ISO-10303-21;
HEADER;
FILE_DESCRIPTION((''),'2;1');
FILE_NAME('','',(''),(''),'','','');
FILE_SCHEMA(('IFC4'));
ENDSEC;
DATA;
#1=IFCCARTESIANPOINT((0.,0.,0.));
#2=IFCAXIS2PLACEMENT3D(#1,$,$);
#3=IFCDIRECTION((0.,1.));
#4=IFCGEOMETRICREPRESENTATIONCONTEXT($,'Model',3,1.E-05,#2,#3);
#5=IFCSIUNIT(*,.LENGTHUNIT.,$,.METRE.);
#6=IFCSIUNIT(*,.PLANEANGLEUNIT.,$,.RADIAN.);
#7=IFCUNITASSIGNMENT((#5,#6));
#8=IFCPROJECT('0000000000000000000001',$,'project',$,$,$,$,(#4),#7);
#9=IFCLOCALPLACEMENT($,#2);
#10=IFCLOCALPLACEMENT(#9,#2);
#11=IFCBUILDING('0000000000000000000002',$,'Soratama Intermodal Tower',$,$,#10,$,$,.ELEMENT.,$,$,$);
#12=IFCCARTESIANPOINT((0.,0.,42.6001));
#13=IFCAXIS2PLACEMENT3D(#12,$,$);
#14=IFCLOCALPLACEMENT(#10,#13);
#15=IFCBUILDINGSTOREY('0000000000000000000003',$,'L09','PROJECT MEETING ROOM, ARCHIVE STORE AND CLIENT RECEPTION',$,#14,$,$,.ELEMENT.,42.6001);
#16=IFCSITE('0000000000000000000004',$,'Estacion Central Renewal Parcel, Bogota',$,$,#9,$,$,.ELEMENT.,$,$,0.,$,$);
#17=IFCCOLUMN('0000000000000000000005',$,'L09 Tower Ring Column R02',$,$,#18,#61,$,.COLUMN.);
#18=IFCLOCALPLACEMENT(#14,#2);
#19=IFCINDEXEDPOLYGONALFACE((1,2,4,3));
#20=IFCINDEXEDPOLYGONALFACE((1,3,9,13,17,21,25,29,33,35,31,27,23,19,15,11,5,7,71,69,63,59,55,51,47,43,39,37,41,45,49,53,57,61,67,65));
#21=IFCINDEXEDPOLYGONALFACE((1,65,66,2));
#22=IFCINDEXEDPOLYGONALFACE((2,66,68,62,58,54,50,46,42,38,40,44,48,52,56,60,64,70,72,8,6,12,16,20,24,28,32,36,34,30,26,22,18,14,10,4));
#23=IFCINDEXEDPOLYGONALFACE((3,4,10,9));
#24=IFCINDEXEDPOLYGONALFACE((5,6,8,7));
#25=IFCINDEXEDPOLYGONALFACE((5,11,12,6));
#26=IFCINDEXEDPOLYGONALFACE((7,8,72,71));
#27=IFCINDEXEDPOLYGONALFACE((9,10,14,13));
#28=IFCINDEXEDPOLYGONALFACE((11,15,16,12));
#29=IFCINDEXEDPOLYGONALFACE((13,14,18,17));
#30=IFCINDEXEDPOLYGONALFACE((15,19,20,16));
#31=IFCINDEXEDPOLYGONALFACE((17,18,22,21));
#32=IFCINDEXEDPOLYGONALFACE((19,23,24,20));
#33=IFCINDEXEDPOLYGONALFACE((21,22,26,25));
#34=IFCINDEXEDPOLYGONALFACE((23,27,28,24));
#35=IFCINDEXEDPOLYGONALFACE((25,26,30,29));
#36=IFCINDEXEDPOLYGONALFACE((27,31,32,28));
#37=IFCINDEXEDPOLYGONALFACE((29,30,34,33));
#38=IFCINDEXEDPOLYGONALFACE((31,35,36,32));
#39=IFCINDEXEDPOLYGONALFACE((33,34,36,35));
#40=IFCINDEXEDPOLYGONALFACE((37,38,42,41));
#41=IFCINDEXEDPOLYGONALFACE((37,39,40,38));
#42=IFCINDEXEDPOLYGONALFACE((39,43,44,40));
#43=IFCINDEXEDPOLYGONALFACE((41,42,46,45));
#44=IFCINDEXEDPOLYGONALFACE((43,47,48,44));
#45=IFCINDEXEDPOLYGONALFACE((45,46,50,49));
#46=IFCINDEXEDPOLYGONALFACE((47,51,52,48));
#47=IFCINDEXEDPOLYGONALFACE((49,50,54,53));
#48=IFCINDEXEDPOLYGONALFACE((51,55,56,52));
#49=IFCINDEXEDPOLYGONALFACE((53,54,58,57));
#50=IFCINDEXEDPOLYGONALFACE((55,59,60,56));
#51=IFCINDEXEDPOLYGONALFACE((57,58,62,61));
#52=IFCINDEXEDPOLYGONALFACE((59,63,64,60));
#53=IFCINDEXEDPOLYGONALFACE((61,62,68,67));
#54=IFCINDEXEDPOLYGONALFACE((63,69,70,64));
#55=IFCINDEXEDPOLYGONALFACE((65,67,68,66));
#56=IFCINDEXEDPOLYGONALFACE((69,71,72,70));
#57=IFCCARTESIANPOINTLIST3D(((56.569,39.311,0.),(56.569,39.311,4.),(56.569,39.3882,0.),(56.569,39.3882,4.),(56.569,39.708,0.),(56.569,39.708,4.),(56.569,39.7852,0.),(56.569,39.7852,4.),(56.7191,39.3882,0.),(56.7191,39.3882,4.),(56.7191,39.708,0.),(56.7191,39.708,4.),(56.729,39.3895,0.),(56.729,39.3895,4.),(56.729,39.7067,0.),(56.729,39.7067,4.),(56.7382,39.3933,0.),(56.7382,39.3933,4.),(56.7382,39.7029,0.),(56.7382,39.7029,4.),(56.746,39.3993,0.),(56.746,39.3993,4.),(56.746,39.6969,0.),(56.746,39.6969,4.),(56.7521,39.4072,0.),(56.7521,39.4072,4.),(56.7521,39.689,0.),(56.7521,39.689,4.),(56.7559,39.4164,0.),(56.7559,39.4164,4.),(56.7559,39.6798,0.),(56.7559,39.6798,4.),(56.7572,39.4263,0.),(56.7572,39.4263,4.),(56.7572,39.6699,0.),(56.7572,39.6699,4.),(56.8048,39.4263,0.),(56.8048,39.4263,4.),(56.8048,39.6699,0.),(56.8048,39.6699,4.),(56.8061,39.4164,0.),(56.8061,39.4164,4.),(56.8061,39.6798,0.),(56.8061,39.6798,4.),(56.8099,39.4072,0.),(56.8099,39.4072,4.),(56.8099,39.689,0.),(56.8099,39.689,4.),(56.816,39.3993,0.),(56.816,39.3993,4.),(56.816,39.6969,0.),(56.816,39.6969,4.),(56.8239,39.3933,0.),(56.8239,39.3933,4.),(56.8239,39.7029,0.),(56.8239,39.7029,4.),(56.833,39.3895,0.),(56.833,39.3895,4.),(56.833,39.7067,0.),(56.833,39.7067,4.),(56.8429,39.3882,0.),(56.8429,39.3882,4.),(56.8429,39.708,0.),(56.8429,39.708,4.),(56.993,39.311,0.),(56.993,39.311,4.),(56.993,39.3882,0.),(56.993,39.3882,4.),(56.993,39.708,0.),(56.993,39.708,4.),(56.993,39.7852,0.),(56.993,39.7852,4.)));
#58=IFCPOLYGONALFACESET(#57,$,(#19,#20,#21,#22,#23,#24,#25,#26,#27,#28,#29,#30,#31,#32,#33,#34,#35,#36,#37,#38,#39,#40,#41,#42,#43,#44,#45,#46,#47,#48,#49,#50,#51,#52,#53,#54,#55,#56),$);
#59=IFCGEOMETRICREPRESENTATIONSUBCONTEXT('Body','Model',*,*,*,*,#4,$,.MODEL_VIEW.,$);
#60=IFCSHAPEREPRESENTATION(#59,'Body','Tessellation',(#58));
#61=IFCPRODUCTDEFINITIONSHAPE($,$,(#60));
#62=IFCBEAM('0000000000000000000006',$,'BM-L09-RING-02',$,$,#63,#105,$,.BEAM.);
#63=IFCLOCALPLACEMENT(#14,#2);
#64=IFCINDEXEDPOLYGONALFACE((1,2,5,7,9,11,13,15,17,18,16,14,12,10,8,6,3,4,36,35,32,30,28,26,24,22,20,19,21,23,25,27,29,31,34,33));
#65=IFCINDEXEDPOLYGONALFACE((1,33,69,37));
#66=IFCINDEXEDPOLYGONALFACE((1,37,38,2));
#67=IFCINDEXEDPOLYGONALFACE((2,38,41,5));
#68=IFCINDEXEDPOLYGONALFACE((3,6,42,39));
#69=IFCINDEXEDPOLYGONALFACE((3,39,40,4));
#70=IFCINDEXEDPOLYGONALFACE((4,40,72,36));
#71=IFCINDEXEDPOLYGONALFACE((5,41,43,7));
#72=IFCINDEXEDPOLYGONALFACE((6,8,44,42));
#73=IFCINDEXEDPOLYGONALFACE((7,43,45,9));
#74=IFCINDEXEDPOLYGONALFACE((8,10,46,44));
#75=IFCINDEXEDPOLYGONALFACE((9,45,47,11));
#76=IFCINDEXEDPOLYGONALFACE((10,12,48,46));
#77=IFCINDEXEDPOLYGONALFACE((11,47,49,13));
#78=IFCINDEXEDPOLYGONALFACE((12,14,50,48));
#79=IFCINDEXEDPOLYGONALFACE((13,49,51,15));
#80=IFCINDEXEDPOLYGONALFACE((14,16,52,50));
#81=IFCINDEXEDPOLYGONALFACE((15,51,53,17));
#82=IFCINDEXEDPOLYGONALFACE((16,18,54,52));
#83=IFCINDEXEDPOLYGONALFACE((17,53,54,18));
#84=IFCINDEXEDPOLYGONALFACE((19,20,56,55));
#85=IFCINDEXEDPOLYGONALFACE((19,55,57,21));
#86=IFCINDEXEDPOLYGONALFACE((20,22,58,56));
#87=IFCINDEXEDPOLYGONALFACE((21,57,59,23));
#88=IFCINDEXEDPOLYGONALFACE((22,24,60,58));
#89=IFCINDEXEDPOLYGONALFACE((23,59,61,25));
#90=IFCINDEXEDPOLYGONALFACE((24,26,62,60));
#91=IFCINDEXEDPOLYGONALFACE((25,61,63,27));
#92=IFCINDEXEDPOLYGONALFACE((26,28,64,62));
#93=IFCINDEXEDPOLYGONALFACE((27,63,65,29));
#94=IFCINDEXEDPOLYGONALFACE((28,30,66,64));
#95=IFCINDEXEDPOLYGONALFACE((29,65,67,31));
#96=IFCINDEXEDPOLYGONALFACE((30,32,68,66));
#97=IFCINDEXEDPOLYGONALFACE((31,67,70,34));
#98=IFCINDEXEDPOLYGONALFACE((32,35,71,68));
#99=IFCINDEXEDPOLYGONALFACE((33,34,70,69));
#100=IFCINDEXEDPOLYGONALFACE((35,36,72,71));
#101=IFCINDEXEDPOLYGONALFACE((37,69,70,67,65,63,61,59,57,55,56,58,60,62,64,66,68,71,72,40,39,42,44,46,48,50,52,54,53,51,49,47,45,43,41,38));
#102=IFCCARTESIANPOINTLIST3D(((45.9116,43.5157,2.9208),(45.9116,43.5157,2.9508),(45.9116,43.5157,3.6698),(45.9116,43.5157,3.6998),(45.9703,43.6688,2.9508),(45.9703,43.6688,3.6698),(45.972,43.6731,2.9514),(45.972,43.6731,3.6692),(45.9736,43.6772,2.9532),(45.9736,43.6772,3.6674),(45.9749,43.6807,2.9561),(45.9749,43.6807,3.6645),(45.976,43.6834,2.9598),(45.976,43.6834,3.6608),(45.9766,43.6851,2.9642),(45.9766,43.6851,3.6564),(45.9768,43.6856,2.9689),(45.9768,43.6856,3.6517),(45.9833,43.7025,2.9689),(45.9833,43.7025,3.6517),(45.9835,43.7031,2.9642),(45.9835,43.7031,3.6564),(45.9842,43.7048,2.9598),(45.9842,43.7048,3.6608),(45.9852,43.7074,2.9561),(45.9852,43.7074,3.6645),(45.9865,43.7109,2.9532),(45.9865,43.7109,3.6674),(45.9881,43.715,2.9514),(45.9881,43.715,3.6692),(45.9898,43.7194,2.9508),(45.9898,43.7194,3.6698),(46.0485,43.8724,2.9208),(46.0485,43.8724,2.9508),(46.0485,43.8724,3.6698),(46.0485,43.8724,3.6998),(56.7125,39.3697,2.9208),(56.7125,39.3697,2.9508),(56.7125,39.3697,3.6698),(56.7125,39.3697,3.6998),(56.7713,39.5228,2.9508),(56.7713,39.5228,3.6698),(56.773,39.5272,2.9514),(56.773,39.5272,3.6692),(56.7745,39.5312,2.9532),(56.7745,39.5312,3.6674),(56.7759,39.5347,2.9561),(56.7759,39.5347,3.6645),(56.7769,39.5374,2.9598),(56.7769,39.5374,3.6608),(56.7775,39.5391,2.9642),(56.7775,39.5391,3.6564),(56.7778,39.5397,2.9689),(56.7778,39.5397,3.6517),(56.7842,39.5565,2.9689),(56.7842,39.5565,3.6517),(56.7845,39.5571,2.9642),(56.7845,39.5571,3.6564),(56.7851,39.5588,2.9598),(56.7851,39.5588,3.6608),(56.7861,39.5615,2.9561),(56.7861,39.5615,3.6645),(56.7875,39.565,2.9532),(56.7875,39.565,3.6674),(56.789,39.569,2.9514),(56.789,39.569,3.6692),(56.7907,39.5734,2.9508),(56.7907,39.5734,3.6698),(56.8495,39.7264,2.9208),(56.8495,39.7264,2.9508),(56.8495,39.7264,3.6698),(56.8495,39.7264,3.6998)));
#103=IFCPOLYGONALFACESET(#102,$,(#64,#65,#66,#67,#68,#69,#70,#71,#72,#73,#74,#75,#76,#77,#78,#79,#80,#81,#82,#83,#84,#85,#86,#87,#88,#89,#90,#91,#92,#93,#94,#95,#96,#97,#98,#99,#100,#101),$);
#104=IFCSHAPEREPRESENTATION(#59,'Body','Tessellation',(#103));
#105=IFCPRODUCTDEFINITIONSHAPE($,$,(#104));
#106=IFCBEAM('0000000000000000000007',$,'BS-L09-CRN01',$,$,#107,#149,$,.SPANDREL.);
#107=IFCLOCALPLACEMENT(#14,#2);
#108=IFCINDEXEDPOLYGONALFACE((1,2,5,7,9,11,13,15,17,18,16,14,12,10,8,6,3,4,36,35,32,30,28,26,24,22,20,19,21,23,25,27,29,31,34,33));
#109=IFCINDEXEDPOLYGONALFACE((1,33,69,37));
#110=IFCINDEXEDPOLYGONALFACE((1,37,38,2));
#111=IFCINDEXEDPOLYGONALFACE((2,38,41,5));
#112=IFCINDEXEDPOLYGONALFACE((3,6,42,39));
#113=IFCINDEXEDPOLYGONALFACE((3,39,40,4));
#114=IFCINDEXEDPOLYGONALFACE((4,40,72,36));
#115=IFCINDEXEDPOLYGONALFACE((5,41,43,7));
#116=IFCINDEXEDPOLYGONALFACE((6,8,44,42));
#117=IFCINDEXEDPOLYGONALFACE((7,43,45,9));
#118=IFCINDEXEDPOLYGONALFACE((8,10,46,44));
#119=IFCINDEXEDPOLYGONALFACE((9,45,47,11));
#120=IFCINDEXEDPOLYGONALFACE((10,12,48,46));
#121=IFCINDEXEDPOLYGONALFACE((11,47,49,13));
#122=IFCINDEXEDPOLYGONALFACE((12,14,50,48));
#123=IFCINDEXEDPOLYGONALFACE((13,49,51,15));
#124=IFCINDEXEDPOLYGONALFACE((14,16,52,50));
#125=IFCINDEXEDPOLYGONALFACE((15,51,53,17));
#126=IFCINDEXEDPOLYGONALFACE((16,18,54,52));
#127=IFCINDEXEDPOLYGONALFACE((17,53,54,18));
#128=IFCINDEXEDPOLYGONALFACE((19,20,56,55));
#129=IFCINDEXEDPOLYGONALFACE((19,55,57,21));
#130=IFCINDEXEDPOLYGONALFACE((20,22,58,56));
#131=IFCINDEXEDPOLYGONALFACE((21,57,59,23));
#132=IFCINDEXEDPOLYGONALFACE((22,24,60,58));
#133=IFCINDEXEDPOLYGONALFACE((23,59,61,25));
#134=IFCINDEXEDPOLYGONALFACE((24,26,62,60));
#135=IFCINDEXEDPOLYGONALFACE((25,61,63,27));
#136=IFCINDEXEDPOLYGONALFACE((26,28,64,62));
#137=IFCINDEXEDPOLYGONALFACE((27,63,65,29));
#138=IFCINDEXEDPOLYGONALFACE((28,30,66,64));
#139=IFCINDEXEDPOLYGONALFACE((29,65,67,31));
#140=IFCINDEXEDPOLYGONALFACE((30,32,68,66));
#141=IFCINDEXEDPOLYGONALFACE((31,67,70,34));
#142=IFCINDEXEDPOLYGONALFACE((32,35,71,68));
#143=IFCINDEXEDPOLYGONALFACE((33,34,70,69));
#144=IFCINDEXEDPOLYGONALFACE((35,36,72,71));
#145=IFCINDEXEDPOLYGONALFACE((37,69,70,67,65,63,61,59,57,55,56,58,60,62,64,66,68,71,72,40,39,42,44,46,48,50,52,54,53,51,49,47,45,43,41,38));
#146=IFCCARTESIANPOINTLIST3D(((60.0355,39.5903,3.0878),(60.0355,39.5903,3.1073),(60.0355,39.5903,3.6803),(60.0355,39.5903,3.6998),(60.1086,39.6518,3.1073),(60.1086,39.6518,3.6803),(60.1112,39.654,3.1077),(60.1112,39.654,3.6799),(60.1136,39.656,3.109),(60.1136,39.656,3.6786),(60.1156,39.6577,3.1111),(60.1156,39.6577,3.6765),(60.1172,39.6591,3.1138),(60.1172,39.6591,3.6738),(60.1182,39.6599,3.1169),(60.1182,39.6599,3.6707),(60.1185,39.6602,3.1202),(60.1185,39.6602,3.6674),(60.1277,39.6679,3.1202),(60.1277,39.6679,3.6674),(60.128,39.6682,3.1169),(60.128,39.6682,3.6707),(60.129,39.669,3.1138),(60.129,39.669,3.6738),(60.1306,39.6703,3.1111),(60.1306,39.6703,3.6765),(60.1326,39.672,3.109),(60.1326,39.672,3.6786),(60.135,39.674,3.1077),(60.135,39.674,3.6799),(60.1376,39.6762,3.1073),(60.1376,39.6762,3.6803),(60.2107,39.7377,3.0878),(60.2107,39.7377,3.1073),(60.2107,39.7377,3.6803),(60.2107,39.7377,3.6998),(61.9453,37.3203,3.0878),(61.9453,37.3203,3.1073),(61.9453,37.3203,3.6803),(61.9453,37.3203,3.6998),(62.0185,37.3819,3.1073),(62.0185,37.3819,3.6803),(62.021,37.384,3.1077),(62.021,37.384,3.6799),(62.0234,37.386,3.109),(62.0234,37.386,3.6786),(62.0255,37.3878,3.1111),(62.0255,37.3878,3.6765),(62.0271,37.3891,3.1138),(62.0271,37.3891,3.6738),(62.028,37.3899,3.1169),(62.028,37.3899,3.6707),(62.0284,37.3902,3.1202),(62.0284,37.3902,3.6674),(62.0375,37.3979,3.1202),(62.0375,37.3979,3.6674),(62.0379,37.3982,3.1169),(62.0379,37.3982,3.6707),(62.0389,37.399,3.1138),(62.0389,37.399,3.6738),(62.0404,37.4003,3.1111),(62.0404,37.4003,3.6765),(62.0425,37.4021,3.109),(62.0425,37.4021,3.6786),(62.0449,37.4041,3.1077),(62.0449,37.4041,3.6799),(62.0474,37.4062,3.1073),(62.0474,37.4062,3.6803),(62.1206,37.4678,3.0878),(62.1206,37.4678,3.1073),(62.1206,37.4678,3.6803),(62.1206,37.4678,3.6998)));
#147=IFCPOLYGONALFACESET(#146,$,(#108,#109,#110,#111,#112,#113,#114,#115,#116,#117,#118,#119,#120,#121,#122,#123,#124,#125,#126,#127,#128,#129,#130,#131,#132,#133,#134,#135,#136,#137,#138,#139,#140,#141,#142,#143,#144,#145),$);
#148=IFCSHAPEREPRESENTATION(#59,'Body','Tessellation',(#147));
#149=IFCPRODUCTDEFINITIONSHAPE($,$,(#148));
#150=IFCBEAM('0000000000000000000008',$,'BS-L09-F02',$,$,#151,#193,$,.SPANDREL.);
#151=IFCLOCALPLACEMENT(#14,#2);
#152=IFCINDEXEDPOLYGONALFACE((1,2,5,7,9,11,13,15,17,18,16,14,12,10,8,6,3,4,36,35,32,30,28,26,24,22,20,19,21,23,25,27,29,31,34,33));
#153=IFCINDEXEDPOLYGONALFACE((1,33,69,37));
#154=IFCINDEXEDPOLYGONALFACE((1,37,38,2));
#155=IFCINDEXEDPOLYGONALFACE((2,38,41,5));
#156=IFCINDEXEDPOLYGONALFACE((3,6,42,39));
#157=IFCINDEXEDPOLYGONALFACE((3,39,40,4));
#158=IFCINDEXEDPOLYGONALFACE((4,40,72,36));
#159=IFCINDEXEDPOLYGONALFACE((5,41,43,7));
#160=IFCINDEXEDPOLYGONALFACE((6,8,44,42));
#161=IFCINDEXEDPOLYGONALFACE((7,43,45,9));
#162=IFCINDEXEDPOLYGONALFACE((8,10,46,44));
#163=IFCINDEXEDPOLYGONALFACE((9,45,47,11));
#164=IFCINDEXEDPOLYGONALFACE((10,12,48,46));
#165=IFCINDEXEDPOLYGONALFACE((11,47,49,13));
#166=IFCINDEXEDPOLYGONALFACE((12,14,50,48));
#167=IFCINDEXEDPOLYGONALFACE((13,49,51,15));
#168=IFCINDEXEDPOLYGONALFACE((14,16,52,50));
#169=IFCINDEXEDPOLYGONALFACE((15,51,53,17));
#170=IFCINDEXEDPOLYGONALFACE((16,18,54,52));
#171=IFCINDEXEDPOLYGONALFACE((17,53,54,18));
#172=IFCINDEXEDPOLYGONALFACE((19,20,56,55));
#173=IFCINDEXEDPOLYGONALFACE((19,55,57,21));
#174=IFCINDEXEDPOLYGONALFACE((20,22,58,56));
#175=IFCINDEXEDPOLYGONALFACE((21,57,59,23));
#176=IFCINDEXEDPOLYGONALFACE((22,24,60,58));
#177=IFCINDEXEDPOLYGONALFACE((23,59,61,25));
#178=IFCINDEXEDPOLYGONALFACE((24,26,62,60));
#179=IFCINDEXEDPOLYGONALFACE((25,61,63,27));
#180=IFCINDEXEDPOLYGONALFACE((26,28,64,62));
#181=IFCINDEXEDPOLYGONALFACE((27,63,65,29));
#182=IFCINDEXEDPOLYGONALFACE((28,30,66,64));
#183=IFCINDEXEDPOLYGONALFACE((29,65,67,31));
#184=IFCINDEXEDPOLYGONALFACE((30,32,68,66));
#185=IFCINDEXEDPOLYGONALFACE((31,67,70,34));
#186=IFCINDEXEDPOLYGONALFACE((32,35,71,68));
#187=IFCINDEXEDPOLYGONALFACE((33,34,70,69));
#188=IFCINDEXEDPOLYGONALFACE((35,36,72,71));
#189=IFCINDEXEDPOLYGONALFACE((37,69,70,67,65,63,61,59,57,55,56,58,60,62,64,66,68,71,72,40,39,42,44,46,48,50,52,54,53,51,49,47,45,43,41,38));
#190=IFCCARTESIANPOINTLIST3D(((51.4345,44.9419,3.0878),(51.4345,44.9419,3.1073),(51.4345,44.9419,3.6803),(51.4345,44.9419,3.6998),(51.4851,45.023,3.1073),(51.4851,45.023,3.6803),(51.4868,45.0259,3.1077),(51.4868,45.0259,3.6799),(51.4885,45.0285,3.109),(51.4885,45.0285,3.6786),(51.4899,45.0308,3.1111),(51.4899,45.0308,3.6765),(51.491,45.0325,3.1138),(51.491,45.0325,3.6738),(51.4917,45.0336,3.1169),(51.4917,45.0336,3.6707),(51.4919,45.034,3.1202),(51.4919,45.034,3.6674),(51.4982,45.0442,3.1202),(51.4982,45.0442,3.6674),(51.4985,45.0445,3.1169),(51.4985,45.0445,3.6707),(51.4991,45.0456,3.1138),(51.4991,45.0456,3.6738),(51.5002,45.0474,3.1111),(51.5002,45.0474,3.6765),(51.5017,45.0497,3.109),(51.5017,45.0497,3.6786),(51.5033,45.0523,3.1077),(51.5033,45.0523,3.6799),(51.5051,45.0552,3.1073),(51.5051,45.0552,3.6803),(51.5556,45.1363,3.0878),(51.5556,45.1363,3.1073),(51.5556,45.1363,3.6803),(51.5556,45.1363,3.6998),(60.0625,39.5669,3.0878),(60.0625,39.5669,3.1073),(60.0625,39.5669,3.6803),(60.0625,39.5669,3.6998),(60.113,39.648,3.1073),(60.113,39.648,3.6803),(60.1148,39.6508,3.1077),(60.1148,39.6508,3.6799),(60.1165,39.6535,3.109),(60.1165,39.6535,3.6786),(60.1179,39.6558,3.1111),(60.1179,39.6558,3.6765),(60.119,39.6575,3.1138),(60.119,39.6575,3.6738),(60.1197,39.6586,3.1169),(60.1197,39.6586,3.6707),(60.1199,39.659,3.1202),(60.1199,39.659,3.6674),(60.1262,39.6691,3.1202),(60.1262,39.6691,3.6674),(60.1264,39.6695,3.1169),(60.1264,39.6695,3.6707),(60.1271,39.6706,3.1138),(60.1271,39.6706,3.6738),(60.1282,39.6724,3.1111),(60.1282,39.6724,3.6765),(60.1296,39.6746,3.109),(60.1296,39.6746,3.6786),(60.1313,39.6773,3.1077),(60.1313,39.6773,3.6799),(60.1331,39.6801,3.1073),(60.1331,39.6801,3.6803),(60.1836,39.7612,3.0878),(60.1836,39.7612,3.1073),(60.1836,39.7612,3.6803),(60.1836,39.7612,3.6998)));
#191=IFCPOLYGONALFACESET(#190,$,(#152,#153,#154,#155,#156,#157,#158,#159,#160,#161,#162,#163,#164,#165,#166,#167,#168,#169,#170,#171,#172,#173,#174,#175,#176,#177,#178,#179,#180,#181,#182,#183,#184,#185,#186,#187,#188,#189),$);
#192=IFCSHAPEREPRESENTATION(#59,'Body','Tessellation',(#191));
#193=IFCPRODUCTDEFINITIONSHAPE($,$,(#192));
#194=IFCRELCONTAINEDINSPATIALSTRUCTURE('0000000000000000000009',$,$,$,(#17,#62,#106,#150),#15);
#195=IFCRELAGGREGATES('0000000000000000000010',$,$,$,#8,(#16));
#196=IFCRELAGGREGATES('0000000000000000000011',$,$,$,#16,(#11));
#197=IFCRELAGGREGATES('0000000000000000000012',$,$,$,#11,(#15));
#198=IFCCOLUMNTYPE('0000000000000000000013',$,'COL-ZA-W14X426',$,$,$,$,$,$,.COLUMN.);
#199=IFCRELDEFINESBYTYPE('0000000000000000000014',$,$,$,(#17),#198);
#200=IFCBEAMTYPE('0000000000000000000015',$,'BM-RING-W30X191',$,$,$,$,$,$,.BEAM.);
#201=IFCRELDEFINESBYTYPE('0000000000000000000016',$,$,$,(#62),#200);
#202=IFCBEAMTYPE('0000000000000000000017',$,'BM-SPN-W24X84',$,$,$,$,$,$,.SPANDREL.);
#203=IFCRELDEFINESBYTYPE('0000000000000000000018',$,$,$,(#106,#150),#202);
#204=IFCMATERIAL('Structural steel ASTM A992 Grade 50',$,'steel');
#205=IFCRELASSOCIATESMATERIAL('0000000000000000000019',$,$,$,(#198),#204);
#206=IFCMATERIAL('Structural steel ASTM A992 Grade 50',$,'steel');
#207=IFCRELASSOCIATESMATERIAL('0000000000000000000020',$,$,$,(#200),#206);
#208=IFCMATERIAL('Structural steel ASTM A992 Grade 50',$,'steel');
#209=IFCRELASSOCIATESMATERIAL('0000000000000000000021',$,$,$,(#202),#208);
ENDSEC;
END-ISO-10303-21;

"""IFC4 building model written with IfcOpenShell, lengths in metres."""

from ifc_helpers import new_model, si_unit, direction, frame, origin, origin_2d, place, context, subcontext, project, spatial, i_section, extrude, material, material_profile, profile_set, type_object, element, save


model = new_model("IFC4")

# Units and contexts
model_context = context("Model", 3, precision=1e-05, world=origin(), true_north=direction((0.0, 1.0)))
body_context = subcontext(model_context, "Body", "Model", "MODEL_VIEW")
ifc_project = project(units=[si_unit("LENGTHUNIT", "METRE"), si_unit("PLANEANGLEUNIT", "RADIAN")], contexts=[model_context])

# Site, building, storey
site_placement = place(None, origin())
site = spatial("IfcSite", under=ifc_project, at=site_placement, Name="Estacion Central Renewal Parcel, Bogota", CompositionType="ELEMENT", RefElevation=0.0)
building_placement = place(site_placement, origin())
building = spatial("IfcBuilding", under=site, at=building_placement, Name="Soratama Intermodal Tower", CompositionType="ELEMENT")
storey_placement = place(building_placement, frame((0.0, 0.0, 42.6001)))
storey = spatial("IfcBuildingStorey", under=building, at=storey_placement, Name="L09", Description="PROJECT MEETING ROOM, ARCHIVE STORE AND CLIENT RECEPTION", CompositionType="ELEMENT", Elevation=42.6001)

# Column
ifc_material_1 = material(Name="Structural steel ASTM A992 Grade 50", Category="steel")
ifc_material_profile_1 = material_profile(ifc_material_1, i_section(OverallWidth=0.4241, OverallDepth=0.4741, WebThickness=0.0476, FlangeThickness=0.0771, FilletRadius=0.0381, at=origin_2d()), Name="W14X426")
ifc_profile_set_1 = profile_set([ifc_material_profile_1], Name="Structural steel ASTM A992 Grade 50")
column_type = type_object("IfcColumnType", Name="COL-ZA-W14X426", PredefinedType="COLUMN", material=ifc_profile_set_1)
column_placement = place(storey_placement, frame((56.781, 39.5481, 0.0), z_axis=(0.0, 0.0, 1.0), x_axis=(1.0, 0.0, 0.0)))
element("IfcColumn", 1, at=column_placement, inside=storey, type_object=column_type, Name="L09 Tower Ring Column R02", PredefinedType="COLUMN", context=body_context, shape_type="SweptSolid", body=[
    extrude(i_section(OverallWidth=0.4241, OverallDepth=0.4741, WebThickness=0.0476, FlangeThickness=0.0771, FilletRadius=0.0381, at=origin_2d()), origin(), (0.0, 0.0, 1.0), 4.0),
])

# Beams
ifc_material_2 = material(Name="Structural steel ASTM A992 Grade 50", Category="steel")
ifc_material_profile_2 = material_profile(ifc_material_2, i_section(OverallWidth=0.3821, OverallDepth=0.7791, WebThickness=0.0181, FlangeThickness=0.03, FilletRadius=0.0181, at=origin_2d()), Name="W30X191")
ifc_profile_set_2 = profile_set([ifc_material_profile_2], Name="Structural steel ASTM A992 Grade 50")
beam_type_1 = type_object("IfcBeamType", Name="BM-RING-W30X191", PredefinedType="BEAM", material=ifc_profile_set_2)
beam_1_placement = place(storey_placement, frame((56.781, 39.5481, 3.3103), z_axis=(-0.933584, 0.358358, 0.0), x_axis=(-0.358358, -0.933584, 0.0)))
element("IfcBeam", 2, at=beam_1_placement, inside=storey, type_object=beam_type_1, Name="BM-L09-RING-02", PredefinedType="BEAM", context=body_context, shape_type="SweptSolid", body=[
    extrude(i_section(OverallWidth=0.3821, OverallDepth=0.7791, WebThickness=0.0181, FlangeThickness=0.03, FilletRadius=0.0181, at=origin_2d()), origin(), (0.0, 0.0, 1.0), 11.5693),
])
ifc_material_3 = material(Name="Structural steel ASTM A992 Grade 50", Category="steel")
ifc_material_profile_3 = material_profile(ifc_material_3, i_section(OverallWidth=0.229, OverallDepth=0.6121, WebThickness=0.012, FlangeThickness=0.0195, FilletRadius=0.0129, at=origin_2d()), Name="W24X84")
ifc_profile_set_3 = profile_set([ifc_material_profile_3], Name="Structural steel ASTM A992 Grade 50")
beam_type_2 = type_object("IfcBeamType", Name="BM-SPN-W24X84", PredefinedType="SPANDREL", material=ifc_profile_set_3)
beam_2_placement = place(storey_placement, frame((62.033, 37.394, 3.3938), z_axis=(-0.643804, 0.765191, 0.0), x_axis=(-0.765191, -0.643804, 0.0)))
element("IfcBeam", 3, at=beam_2_placement, inside=storey, type_object=beam_type_2, Name="BS-L09-CRN01", PredefinedType="SPANDREL", context=body_context, shape_type="SweptSolid", body=[
    extrude(i_section(OverallWidth=0.229, OverallDepth=0.6121, WebThickness=0.012, FlangeThickness=0.0195, FilletRadius=0.0129, at=origin_2d()), origin(), (0.0, 0.0, 1.0), 2.9666),
])
beam_3_placement = place(storey_placement, frame((60.123, 39.6641, 3.3938), z_axis=(-0.848769, 0.528764, 0.0), x_axis=(-0.528764, -0.848769, 0.0)))
element("IfcBeam", 4, at=beam_3_placement, inside=storey, type_object=beam_type_2, Name="BS-L09-F02", PredefinedType="SPANDREL", context=body_context, shape_type="SweptSolid", body=[
    extrude(i_section(OverallWidth=0.229, OverallDepth=0.6121, WebThickness=0.012, FlangeThickness=0.0195, FilletRadius=0.0129, at=origin_2d()), origin(), (0.0, 0.0, 1.0), 10.1653),
])

save(model, "model.ifc")
